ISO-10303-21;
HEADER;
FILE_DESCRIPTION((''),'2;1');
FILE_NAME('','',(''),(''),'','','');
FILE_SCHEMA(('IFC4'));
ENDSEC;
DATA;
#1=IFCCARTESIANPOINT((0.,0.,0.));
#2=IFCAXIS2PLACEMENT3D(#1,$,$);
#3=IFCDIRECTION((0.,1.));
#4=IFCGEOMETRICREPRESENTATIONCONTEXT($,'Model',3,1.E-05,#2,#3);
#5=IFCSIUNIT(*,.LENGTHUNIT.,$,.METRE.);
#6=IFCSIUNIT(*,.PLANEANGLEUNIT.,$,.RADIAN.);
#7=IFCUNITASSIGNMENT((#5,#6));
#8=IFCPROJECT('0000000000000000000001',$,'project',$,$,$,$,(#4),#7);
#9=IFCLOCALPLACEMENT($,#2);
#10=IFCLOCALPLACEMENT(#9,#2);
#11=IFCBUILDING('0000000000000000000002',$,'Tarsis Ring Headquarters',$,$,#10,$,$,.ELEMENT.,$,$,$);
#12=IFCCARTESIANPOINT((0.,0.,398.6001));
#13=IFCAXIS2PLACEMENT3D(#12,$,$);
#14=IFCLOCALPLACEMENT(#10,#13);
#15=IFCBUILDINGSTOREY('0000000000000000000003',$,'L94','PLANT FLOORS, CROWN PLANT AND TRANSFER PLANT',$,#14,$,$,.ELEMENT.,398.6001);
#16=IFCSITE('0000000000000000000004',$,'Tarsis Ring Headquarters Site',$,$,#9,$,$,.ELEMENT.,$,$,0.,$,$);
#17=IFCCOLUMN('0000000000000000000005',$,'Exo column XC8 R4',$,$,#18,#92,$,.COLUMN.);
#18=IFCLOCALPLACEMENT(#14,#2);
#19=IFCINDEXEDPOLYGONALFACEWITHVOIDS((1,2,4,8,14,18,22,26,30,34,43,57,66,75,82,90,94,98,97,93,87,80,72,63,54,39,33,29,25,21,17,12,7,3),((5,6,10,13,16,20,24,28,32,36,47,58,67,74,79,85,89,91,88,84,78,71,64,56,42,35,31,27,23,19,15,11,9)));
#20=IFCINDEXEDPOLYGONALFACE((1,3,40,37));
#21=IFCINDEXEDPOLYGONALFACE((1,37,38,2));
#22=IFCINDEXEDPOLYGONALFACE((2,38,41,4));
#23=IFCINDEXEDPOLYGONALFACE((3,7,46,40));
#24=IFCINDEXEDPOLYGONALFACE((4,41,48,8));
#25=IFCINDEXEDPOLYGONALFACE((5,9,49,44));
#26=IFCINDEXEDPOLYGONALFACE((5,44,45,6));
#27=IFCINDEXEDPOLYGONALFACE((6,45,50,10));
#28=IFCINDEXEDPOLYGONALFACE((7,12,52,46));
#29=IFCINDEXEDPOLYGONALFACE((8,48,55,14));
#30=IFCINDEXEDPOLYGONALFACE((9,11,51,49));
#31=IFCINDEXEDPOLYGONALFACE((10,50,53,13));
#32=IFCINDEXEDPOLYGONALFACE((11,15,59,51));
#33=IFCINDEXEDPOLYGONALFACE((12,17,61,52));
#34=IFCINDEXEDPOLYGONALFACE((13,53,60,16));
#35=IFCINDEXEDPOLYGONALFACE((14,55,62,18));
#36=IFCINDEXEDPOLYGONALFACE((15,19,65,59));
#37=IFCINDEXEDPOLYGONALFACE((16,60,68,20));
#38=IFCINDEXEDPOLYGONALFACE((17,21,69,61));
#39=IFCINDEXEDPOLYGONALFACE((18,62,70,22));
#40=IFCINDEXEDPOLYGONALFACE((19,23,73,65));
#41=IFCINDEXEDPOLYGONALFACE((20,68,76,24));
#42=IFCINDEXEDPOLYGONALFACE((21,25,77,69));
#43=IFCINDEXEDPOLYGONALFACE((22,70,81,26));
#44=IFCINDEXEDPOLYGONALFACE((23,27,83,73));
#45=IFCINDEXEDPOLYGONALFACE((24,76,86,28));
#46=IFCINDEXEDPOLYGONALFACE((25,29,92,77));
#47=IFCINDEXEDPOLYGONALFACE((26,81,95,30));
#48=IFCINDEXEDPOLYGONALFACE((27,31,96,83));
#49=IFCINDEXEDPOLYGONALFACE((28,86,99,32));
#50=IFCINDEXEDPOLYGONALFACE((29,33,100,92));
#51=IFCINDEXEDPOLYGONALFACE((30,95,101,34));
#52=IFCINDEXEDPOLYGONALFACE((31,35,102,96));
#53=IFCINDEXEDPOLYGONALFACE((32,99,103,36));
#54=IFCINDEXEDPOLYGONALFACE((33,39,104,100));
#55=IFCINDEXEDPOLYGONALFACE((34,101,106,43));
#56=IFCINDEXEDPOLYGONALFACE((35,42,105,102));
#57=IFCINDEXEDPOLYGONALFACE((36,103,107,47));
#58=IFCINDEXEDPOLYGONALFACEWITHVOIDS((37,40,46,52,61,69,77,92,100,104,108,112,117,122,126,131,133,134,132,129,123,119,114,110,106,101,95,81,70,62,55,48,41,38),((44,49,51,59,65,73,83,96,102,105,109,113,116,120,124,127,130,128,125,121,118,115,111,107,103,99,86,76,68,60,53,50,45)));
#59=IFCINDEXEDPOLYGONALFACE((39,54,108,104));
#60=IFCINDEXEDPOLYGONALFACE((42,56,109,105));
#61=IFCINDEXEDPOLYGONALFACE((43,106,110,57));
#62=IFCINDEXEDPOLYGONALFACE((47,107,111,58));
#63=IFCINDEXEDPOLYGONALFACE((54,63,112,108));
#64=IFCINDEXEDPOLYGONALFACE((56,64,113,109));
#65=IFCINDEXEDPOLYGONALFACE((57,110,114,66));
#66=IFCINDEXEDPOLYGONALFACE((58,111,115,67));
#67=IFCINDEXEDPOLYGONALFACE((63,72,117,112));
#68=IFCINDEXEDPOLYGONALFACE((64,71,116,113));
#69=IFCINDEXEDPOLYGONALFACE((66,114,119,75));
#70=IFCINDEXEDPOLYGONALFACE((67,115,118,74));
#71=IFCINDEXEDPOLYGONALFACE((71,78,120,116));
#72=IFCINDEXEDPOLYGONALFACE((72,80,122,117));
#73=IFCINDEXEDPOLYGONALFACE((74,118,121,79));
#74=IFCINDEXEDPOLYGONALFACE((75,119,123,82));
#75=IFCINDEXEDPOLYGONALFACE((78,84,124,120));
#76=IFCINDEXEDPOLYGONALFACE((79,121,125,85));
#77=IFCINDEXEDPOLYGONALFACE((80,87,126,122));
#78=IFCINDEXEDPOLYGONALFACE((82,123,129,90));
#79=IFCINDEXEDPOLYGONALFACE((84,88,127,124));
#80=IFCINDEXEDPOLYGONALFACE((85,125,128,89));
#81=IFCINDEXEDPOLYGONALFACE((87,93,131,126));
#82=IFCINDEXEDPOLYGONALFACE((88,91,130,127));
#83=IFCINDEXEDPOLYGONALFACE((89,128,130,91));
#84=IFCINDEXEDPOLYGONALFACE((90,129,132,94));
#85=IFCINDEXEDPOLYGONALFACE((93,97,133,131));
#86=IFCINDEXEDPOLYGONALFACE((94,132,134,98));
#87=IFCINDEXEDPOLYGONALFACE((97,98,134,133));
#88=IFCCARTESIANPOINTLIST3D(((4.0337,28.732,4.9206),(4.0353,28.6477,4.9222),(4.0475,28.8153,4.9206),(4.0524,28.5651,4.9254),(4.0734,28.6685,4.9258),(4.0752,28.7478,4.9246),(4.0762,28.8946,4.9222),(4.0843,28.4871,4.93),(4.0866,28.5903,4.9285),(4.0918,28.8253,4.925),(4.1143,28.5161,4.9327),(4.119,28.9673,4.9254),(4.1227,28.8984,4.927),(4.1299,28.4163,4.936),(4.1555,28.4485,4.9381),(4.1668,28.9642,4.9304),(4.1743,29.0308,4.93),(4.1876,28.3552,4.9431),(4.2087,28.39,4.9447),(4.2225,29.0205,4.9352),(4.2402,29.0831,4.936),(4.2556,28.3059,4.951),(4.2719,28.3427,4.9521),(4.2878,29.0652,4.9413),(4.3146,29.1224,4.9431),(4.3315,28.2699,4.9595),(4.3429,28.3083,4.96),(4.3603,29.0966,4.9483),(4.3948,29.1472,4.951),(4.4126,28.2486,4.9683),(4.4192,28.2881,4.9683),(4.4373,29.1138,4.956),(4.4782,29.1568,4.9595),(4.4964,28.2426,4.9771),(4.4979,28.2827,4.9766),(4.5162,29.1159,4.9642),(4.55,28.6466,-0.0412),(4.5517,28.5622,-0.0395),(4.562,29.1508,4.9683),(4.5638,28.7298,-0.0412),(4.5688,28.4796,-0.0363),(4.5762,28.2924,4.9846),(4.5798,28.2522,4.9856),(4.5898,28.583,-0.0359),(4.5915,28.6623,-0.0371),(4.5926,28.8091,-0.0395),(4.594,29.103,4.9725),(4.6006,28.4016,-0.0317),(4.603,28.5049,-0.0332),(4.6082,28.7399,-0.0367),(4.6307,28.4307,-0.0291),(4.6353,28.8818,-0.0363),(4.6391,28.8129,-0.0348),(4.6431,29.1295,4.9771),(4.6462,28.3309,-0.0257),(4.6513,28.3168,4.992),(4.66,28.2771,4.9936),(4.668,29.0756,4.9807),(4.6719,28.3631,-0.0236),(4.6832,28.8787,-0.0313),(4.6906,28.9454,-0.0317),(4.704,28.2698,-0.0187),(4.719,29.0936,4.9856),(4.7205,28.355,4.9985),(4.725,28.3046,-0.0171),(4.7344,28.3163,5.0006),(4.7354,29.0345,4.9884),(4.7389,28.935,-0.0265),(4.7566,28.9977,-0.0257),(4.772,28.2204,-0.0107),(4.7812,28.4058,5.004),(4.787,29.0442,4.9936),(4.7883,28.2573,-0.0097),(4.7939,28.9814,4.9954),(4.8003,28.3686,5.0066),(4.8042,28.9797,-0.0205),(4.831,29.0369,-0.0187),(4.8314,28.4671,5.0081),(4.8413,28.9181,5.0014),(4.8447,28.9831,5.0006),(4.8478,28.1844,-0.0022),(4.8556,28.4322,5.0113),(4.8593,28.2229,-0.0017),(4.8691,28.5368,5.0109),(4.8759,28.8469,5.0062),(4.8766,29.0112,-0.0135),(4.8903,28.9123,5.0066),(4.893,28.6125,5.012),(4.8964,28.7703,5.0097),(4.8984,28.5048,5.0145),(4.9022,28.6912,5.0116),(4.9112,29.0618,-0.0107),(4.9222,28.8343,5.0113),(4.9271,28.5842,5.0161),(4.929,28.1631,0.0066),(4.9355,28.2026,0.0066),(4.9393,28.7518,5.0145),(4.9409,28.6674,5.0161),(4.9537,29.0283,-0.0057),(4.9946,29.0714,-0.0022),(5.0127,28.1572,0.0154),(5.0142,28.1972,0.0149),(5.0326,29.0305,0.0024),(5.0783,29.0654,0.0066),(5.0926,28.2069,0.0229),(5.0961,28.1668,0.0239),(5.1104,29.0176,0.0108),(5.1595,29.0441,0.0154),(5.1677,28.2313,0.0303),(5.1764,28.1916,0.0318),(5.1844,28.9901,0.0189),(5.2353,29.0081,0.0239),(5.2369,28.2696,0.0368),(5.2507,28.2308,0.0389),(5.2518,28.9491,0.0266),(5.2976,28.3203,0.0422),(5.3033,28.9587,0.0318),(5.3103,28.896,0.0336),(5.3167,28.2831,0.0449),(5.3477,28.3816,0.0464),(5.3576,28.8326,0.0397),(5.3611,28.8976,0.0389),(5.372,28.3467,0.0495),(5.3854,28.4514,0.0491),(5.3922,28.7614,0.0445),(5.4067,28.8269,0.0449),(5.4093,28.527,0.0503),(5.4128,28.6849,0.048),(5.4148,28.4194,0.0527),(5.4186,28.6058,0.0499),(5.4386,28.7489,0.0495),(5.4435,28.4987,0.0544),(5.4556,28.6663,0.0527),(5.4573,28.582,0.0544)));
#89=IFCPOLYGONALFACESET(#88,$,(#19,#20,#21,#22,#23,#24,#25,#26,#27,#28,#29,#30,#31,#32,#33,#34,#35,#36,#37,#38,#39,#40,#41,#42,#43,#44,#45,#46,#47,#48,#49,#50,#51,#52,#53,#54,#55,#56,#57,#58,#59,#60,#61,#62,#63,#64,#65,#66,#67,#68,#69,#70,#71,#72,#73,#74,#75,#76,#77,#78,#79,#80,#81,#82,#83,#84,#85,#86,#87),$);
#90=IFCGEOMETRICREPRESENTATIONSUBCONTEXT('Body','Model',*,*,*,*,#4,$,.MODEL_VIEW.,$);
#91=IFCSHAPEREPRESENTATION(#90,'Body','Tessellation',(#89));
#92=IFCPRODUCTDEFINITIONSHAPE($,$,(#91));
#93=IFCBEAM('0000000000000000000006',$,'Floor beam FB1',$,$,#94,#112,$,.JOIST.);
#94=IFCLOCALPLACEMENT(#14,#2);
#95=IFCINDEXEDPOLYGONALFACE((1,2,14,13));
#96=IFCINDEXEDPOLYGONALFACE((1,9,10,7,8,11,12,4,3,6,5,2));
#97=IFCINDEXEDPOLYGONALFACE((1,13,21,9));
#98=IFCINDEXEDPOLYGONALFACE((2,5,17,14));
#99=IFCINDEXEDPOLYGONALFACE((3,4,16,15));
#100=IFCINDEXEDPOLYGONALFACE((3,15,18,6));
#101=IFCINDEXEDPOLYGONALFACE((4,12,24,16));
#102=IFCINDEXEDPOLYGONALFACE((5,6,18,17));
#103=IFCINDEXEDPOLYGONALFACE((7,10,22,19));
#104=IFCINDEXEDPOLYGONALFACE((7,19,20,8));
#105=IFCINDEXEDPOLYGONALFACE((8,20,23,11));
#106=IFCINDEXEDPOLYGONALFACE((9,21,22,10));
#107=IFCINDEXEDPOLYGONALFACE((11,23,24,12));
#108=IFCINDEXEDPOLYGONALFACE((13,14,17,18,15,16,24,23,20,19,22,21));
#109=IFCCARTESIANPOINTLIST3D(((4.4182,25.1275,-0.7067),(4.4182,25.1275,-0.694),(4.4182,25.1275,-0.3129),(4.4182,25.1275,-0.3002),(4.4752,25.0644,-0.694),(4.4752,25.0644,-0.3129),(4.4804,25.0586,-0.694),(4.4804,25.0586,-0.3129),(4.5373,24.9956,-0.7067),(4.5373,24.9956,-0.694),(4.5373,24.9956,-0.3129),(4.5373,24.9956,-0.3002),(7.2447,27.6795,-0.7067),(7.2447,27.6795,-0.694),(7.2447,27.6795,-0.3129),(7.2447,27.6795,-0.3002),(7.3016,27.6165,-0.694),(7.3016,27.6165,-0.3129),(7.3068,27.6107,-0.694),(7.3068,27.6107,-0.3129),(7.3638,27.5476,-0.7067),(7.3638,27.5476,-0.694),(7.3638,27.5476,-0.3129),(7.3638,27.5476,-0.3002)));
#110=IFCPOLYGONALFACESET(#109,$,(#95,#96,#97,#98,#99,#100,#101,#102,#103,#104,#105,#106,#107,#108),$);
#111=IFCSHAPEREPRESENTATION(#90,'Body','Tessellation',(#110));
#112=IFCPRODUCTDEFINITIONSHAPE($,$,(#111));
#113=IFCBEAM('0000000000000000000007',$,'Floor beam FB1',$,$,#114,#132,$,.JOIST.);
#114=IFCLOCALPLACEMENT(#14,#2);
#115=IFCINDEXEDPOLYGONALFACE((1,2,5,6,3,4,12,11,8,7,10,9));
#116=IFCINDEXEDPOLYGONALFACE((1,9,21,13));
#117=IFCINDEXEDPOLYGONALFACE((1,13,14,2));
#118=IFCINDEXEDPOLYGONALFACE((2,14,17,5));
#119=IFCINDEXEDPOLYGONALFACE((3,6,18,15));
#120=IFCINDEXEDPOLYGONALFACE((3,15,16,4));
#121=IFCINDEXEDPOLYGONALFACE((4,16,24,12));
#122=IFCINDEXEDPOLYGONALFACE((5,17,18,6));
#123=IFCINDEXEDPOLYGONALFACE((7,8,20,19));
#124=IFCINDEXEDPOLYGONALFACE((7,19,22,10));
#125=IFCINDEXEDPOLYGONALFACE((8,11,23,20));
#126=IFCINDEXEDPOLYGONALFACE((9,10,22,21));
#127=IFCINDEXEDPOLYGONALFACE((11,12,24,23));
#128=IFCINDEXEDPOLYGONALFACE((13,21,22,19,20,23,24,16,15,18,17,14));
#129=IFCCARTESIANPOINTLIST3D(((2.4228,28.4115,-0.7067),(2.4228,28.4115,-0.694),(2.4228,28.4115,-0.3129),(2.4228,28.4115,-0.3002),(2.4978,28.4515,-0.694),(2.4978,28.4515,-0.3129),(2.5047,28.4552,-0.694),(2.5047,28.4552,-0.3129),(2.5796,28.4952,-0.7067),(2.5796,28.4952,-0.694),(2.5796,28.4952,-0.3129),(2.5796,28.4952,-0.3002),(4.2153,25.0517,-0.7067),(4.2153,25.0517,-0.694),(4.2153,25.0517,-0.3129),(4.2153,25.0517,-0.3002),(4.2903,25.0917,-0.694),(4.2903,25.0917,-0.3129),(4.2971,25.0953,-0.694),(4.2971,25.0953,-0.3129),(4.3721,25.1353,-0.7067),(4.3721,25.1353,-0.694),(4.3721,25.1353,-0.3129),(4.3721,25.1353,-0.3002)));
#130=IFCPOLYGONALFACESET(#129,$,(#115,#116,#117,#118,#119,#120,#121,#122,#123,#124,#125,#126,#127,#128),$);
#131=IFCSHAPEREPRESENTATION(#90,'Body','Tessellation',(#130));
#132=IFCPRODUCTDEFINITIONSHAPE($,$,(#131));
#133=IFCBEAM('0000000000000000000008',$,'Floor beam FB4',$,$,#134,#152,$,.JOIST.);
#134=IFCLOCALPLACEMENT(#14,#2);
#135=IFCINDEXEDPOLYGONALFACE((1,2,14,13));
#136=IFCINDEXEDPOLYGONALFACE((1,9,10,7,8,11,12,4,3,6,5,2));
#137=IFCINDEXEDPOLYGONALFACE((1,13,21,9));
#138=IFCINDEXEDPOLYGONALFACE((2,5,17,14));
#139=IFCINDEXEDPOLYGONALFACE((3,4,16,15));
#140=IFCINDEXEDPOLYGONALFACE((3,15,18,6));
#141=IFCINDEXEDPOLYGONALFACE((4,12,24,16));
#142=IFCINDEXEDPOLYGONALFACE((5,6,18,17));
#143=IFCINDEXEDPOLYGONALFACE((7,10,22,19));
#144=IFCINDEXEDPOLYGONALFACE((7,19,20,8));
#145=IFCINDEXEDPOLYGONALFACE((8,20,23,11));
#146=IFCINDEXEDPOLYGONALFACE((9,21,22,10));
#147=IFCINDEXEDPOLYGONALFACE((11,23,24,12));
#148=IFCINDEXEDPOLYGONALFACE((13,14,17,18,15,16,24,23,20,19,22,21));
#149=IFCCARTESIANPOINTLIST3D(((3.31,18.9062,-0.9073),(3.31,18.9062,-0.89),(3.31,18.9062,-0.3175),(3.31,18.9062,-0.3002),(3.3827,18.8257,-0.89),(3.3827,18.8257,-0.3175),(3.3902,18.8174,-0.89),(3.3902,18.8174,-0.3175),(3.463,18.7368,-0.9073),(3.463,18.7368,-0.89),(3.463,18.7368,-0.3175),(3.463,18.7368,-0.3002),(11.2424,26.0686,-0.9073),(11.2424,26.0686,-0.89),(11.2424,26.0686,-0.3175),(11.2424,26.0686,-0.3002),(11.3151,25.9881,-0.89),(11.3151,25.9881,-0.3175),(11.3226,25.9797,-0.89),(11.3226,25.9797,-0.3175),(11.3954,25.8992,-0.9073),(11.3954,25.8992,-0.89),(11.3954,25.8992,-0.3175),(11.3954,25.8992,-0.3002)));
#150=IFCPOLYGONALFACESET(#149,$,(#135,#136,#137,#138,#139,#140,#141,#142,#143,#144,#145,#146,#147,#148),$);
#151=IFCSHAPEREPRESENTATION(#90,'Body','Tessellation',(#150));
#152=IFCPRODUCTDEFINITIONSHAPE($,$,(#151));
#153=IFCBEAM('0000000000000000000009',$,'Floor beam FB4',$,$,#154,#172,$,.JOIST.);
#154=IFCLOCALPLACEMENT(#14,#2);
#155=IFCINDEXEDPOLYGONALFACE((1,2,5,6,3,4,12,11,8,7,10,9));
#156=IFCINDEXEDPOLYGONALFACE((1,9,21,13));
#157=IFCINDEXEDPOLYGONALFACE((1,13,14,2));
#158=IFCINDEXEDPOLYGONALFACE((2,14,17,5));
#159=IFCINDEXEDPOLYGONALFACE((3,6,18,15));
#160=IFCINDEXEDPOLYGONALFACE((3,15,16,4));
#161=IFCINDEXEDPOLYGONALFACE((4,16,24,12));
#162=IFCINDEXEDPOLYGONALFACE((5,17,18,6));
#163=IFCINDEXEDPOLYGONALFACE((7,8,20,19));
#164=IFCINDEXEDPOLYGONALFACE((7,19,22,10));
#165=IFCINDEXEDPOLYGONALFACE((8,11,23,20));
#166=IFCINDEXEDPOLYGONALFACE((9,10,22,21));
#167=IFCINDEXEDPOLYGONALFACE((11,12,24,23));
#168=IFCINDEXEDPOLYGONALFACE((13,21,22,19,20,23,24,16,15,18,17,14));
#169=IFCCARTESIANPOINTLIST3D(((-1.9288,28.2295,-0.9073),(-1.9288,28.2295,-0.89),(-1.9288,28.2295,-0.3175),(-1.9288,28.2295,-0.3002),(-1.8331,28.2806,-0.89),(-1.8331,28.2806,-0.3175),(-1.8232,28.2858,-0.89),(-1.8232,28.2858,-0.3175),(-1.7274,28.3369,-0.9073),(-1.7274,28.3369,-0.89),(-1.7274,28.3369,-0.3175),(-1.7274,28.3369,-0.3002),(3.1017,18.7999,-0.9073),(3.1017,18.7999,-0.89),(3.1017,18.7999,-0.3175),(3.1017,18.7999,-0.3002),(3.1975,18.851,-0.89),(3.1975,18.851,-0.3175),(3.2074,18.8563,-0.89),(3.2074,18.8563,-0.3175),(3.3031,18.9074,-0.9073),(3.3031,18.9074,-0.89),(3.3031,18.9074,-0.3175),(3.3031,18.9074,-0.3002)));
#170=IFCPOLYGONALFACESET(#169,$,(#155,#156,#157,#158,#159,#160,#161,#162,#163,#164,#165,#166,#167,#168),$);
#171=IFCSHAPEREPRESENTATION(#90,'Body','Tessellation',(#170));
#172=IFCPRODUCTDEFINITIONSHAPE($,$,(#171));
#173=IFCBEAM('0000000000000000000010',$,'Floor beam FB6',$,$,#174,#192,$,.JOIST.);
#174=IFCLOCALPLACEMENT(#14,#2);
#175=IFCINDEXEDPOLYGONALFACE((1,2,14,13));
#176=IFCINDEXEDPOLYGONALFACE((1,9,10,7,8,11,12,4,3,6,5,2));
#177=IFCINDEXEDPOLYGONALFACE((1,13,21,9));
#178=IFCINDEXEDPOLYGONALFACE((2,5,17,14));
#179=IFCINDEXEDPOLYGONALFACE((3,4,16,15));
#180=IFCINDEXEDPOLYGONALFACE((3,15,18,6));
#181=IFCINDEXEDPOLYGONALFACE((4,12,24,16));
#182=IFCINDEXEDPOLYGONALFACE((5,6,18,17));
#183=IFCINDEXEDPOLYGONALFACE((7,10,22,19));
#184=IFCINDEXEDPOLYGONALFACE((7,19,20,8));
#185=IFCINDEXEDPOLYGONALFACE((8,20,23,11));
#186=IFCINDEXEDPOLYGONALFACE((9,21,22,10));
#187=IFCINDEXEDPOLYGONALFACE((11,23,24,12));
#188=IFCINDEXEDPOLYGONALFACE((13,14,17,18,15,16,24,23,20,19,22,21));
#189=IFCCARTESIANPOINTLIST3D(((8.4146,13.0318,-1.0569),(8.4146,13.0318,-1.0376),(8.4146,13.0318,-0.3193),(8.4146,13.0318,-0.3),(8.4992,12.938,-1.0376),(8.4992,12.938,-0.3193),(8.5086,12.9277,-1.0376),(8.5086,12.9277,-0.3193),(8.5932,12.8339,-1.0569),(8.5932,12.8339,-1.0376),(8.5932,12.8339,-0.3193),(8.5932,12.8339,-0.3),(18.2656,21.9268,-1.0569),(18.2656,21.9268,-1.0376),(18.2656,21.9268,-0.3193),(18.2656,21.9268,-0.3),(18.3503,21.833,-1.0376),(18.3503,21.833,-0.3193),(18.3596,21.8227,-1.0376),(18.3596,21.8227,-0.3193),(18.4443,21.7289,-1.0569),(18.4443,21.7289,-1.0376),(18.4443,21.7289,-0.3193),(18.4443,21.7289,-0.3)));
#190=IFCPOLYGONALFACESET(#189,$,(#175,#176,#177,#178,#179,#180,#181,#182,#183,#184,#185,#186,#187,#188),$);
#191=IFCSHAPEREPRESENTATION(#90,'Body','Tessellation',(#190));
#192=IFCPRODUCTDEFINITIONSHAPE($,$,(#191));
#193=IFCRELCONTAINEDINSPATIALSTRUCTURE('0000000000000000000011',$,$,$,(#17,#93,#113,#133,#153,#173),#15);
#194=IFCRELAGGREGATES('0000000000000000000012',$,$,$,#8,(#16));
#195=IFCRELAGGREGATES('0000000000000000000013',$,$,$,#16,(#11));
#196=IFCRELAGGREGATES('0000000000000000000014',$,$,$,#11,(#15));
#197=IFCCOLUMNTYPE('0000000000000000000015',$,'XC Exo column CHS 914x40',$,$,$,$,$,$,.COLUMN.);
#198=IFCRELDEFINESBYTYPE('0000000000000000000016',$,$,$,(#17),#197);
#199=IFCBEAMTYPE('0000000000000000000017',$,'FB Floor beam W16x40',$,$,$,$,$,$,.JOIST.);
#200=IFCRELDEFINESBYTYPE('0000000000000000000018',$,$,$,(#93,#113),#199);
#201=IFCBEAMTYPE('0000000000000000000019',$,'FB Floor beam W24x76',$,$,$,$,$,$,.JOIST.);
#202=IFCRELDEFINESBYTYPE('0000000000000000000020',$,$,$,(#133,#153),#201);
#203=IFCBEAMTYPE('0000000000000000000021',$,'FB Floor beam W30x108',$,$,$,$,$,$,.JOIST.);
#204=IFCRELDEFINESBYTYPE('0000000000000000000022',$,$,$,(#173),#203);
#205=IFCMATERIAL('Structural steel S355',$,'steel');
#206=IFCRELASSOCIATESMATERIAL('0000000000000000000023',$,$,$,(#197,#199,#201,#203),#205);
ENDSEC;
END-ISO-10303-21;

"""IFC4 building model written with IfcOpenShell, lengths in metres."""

from ifc_helpers import new_model, si_unit, direction, frame, origin, origin_2d, place, context, subcontext, project, spatial, hollow_circle, i_section, extrude, material, material_profile, profile_set, type_object, element, save


model = new_model("IFC4")

# Units and contexts
model_context = context("Model", 3, precision=1e-05, world=origin(), true_north=direction((0.0, 1.0)))
body_context = subcontext(model_context, "Body", "Model", "MODEL_VIEW")
ifc_project = project(units=[si_unit("LENGTHUNIT", "METRE"), si_unit("PLANEANGLEUNIT", "RADIAN")], contexts=[model_context])

# Site, building, storey
site_placement = place(None, origin())
site = spatial("IfcSite", under=ifc_project, at=site_placement, Name="Tarsis Ring Headquarters Site", CompositionType="ELEMENT", RefElevation=0.0)
building_placement = place(site_placement, origin())
building = spatial("IfcBuilding", under=site, at=building_placement, Name="Tarsis Ring Headquarters", CompositionType="ELEMENT")
storey_placement = place(building_placement, frame((0.0, 0.0, 398.6001)))
storey = spatial("IfcBuildingStorey", under=building, at=storey_placement, Name="L94", Description="PLANT FLOORS, CROWN PLANT AND TRANSFER PLANT", CompositionType="ELEMENT", Elevation=398.6001)

# Column
ifc_material_1 = material(Name="Structural steel S355", Category="steel")
ifc_material_profile_1 = material_profile(ifc_material_1, hollow_circle(Radius=0.457, WallThickness=0.04, at=origin_2d()), Name="CHS 914x40")
ifc_profile_set_1 = profile_set([ifc_material_profile_1], Name="Structural steel S355")
column_type = type_object("IfcColumnType", Name="XC Exo column CHS 914x40", PredefinedType="COLUMN", material=ifc_profile_set_1)
column_1_placement = place(storey_placement, frame((5.0037, 28.6143, 0.0066), z_axis=(-0.103495, 0.017127, 0.994482), x_axis=(-0.163264, -0.986582, 0.0)))
element("IfcColumn", 1, at=column_1_placement, inside=storey, type_object=column_type, Name="Exo column XC8 R4", PredefinedType="COLUMN", context=body_context, shape_type="SweptSolid", body=[
    extrude(hollow_circle(Radius=0.4573, WallThickness=0.04, at=origin_2d()), origin(), (0.0, 0.0, 1.0), 4.9893),
])

# Beams
ifc_material_profile_2 = material_profile(ifc_material_1, i_section(OverallWidth=0.1777, OverallDepth=0.4065, WebThickness=0.0078, FlangeThickness=0.0127, at=origin_2d()), Name="W16x40")
ifc_profile_set_2 = profile_set([ifc_material_profile_2], Name="Structural steel S355")
beam_type_1 = type_object("IfcBeamType", Name="FB Floor beam W16x40", PredefinedType="JOIST", material=ifc_profile_set_2)
for number, where, z_axis, x_axis, name in (
    (2, (4.4778, 25.0615, -0.5034), (0.742219, 0.670158, 0.0), (-0.670158, 0.742219, 0.0), "Floor beam FB1"),
    (3, (2.5012, 28.4534, -0.5034), (0.470701, -0.882293, 0.0), (0.882293, 0.470701, 0.0), "Floor beam FB1"),
):
    element("IfcBeam", number, at=place(storey_placement, frame(where, z_axis=z_axis, x_axis=x_axis)), inside=storey, type_object=beam_type_1, Name=name, PredefinedType="JOIST", context=body_context, shape_type="SweptSolid", body=[
        extrude(i_section(OverallWidth=0.1777, OverallDepth=0.4065, WebThickness=0.0078, FlangeThickness=0.0127, at=origin_2d()), origin(), (0.0, 0.0, 1.0), 3.8081),
    ])
ifc_material_profile_3 = material_profile(ifc_material_1, i_section(OverallWidth=0.2283, OverallDepth=0.6072, WebThickness=0.0112, FlangeThickness=0.0173, at=origin_2d()), Name="W24x76")
ifc_profile_set_3 = profile_set([ifc_material_profile_3], Name="Structural steel S355")
beam_type_2 = type_object("IfcBeamType", Name="FB Floor beam W24x76", PredefinedType="JOIST", material=ifc_profile_set_3)
for number, where, z_axis, x_axis, name in (
    (4, (3.3865, 18.8215, -0.6038), (0.742213, 0.670164, 0.0), (-0.670164, 0.742213, 0.0), "Floor beam FB4"),
    (5, (-1.8281, 28.2832, -0.6038), (0.470696, -0.882295, 0.0), (0.882295, 0.470696, 0.0), "Floor beam FB4"),
):
    element("IfcBeam", number, at=place(storey_placement, frame(where, z_axis=z_axis, x_axis=x_axis)), inside=storey, type_object=beam_type_2, Name=name, PredefinedType="JOIST", context=body_context, shape_type="SweptSolid", body=[
        extrude(i_section(OverallWidth=0.2283, OverallDepth=0.6072, WebThickness=0.0112, FlangeThickness=0.0173, at=origin_2d()), origin(), (0.0, 0.0, 1.0), 10.6875),
    ])
ifc_material_profile_4 = material_profile(ifc_material_1, i_section(OverallWidth=0.2666, OverallDepth=0.7568, WebThickness=0.0139, FlangeThickness=0.0193, at=origin_2d()), Name="W30x108")
ifc_profile_set_4 = profile_set([ifc_material_profile_4], Name="Structural steel S355")
beam_type_3 = type_object("IfcBeamType", Name="FB Floor beam W30x108", PredefinedType="JOIST", material=ifc_profile_set_4)
beam_1_placement = place(storey_placement, frame((8.5039, 12.9329, -0.6785), z_axis=(0.742205, 0.670173, 0.0), x_axis=(-0.670173, 0.742205, 0.0)))
element("IfcBeam", 6, at=beam_1_placement, inside=storey, type_object=beam_type_3, Name="Floor beam FB6", PredefinedType="JOIST", context=body_context, shape_type="SweptSolid", body=[
    extrude(i_section(OverallWidth=0.2666, OverallDepth=0.7568, WebThickness=0.0139, FlangeThickness=0.0193, at=origin_2d()), origin(), (0.0, 0.0, 1.0), 13.2727),
])

save(model, "model.ifc")
